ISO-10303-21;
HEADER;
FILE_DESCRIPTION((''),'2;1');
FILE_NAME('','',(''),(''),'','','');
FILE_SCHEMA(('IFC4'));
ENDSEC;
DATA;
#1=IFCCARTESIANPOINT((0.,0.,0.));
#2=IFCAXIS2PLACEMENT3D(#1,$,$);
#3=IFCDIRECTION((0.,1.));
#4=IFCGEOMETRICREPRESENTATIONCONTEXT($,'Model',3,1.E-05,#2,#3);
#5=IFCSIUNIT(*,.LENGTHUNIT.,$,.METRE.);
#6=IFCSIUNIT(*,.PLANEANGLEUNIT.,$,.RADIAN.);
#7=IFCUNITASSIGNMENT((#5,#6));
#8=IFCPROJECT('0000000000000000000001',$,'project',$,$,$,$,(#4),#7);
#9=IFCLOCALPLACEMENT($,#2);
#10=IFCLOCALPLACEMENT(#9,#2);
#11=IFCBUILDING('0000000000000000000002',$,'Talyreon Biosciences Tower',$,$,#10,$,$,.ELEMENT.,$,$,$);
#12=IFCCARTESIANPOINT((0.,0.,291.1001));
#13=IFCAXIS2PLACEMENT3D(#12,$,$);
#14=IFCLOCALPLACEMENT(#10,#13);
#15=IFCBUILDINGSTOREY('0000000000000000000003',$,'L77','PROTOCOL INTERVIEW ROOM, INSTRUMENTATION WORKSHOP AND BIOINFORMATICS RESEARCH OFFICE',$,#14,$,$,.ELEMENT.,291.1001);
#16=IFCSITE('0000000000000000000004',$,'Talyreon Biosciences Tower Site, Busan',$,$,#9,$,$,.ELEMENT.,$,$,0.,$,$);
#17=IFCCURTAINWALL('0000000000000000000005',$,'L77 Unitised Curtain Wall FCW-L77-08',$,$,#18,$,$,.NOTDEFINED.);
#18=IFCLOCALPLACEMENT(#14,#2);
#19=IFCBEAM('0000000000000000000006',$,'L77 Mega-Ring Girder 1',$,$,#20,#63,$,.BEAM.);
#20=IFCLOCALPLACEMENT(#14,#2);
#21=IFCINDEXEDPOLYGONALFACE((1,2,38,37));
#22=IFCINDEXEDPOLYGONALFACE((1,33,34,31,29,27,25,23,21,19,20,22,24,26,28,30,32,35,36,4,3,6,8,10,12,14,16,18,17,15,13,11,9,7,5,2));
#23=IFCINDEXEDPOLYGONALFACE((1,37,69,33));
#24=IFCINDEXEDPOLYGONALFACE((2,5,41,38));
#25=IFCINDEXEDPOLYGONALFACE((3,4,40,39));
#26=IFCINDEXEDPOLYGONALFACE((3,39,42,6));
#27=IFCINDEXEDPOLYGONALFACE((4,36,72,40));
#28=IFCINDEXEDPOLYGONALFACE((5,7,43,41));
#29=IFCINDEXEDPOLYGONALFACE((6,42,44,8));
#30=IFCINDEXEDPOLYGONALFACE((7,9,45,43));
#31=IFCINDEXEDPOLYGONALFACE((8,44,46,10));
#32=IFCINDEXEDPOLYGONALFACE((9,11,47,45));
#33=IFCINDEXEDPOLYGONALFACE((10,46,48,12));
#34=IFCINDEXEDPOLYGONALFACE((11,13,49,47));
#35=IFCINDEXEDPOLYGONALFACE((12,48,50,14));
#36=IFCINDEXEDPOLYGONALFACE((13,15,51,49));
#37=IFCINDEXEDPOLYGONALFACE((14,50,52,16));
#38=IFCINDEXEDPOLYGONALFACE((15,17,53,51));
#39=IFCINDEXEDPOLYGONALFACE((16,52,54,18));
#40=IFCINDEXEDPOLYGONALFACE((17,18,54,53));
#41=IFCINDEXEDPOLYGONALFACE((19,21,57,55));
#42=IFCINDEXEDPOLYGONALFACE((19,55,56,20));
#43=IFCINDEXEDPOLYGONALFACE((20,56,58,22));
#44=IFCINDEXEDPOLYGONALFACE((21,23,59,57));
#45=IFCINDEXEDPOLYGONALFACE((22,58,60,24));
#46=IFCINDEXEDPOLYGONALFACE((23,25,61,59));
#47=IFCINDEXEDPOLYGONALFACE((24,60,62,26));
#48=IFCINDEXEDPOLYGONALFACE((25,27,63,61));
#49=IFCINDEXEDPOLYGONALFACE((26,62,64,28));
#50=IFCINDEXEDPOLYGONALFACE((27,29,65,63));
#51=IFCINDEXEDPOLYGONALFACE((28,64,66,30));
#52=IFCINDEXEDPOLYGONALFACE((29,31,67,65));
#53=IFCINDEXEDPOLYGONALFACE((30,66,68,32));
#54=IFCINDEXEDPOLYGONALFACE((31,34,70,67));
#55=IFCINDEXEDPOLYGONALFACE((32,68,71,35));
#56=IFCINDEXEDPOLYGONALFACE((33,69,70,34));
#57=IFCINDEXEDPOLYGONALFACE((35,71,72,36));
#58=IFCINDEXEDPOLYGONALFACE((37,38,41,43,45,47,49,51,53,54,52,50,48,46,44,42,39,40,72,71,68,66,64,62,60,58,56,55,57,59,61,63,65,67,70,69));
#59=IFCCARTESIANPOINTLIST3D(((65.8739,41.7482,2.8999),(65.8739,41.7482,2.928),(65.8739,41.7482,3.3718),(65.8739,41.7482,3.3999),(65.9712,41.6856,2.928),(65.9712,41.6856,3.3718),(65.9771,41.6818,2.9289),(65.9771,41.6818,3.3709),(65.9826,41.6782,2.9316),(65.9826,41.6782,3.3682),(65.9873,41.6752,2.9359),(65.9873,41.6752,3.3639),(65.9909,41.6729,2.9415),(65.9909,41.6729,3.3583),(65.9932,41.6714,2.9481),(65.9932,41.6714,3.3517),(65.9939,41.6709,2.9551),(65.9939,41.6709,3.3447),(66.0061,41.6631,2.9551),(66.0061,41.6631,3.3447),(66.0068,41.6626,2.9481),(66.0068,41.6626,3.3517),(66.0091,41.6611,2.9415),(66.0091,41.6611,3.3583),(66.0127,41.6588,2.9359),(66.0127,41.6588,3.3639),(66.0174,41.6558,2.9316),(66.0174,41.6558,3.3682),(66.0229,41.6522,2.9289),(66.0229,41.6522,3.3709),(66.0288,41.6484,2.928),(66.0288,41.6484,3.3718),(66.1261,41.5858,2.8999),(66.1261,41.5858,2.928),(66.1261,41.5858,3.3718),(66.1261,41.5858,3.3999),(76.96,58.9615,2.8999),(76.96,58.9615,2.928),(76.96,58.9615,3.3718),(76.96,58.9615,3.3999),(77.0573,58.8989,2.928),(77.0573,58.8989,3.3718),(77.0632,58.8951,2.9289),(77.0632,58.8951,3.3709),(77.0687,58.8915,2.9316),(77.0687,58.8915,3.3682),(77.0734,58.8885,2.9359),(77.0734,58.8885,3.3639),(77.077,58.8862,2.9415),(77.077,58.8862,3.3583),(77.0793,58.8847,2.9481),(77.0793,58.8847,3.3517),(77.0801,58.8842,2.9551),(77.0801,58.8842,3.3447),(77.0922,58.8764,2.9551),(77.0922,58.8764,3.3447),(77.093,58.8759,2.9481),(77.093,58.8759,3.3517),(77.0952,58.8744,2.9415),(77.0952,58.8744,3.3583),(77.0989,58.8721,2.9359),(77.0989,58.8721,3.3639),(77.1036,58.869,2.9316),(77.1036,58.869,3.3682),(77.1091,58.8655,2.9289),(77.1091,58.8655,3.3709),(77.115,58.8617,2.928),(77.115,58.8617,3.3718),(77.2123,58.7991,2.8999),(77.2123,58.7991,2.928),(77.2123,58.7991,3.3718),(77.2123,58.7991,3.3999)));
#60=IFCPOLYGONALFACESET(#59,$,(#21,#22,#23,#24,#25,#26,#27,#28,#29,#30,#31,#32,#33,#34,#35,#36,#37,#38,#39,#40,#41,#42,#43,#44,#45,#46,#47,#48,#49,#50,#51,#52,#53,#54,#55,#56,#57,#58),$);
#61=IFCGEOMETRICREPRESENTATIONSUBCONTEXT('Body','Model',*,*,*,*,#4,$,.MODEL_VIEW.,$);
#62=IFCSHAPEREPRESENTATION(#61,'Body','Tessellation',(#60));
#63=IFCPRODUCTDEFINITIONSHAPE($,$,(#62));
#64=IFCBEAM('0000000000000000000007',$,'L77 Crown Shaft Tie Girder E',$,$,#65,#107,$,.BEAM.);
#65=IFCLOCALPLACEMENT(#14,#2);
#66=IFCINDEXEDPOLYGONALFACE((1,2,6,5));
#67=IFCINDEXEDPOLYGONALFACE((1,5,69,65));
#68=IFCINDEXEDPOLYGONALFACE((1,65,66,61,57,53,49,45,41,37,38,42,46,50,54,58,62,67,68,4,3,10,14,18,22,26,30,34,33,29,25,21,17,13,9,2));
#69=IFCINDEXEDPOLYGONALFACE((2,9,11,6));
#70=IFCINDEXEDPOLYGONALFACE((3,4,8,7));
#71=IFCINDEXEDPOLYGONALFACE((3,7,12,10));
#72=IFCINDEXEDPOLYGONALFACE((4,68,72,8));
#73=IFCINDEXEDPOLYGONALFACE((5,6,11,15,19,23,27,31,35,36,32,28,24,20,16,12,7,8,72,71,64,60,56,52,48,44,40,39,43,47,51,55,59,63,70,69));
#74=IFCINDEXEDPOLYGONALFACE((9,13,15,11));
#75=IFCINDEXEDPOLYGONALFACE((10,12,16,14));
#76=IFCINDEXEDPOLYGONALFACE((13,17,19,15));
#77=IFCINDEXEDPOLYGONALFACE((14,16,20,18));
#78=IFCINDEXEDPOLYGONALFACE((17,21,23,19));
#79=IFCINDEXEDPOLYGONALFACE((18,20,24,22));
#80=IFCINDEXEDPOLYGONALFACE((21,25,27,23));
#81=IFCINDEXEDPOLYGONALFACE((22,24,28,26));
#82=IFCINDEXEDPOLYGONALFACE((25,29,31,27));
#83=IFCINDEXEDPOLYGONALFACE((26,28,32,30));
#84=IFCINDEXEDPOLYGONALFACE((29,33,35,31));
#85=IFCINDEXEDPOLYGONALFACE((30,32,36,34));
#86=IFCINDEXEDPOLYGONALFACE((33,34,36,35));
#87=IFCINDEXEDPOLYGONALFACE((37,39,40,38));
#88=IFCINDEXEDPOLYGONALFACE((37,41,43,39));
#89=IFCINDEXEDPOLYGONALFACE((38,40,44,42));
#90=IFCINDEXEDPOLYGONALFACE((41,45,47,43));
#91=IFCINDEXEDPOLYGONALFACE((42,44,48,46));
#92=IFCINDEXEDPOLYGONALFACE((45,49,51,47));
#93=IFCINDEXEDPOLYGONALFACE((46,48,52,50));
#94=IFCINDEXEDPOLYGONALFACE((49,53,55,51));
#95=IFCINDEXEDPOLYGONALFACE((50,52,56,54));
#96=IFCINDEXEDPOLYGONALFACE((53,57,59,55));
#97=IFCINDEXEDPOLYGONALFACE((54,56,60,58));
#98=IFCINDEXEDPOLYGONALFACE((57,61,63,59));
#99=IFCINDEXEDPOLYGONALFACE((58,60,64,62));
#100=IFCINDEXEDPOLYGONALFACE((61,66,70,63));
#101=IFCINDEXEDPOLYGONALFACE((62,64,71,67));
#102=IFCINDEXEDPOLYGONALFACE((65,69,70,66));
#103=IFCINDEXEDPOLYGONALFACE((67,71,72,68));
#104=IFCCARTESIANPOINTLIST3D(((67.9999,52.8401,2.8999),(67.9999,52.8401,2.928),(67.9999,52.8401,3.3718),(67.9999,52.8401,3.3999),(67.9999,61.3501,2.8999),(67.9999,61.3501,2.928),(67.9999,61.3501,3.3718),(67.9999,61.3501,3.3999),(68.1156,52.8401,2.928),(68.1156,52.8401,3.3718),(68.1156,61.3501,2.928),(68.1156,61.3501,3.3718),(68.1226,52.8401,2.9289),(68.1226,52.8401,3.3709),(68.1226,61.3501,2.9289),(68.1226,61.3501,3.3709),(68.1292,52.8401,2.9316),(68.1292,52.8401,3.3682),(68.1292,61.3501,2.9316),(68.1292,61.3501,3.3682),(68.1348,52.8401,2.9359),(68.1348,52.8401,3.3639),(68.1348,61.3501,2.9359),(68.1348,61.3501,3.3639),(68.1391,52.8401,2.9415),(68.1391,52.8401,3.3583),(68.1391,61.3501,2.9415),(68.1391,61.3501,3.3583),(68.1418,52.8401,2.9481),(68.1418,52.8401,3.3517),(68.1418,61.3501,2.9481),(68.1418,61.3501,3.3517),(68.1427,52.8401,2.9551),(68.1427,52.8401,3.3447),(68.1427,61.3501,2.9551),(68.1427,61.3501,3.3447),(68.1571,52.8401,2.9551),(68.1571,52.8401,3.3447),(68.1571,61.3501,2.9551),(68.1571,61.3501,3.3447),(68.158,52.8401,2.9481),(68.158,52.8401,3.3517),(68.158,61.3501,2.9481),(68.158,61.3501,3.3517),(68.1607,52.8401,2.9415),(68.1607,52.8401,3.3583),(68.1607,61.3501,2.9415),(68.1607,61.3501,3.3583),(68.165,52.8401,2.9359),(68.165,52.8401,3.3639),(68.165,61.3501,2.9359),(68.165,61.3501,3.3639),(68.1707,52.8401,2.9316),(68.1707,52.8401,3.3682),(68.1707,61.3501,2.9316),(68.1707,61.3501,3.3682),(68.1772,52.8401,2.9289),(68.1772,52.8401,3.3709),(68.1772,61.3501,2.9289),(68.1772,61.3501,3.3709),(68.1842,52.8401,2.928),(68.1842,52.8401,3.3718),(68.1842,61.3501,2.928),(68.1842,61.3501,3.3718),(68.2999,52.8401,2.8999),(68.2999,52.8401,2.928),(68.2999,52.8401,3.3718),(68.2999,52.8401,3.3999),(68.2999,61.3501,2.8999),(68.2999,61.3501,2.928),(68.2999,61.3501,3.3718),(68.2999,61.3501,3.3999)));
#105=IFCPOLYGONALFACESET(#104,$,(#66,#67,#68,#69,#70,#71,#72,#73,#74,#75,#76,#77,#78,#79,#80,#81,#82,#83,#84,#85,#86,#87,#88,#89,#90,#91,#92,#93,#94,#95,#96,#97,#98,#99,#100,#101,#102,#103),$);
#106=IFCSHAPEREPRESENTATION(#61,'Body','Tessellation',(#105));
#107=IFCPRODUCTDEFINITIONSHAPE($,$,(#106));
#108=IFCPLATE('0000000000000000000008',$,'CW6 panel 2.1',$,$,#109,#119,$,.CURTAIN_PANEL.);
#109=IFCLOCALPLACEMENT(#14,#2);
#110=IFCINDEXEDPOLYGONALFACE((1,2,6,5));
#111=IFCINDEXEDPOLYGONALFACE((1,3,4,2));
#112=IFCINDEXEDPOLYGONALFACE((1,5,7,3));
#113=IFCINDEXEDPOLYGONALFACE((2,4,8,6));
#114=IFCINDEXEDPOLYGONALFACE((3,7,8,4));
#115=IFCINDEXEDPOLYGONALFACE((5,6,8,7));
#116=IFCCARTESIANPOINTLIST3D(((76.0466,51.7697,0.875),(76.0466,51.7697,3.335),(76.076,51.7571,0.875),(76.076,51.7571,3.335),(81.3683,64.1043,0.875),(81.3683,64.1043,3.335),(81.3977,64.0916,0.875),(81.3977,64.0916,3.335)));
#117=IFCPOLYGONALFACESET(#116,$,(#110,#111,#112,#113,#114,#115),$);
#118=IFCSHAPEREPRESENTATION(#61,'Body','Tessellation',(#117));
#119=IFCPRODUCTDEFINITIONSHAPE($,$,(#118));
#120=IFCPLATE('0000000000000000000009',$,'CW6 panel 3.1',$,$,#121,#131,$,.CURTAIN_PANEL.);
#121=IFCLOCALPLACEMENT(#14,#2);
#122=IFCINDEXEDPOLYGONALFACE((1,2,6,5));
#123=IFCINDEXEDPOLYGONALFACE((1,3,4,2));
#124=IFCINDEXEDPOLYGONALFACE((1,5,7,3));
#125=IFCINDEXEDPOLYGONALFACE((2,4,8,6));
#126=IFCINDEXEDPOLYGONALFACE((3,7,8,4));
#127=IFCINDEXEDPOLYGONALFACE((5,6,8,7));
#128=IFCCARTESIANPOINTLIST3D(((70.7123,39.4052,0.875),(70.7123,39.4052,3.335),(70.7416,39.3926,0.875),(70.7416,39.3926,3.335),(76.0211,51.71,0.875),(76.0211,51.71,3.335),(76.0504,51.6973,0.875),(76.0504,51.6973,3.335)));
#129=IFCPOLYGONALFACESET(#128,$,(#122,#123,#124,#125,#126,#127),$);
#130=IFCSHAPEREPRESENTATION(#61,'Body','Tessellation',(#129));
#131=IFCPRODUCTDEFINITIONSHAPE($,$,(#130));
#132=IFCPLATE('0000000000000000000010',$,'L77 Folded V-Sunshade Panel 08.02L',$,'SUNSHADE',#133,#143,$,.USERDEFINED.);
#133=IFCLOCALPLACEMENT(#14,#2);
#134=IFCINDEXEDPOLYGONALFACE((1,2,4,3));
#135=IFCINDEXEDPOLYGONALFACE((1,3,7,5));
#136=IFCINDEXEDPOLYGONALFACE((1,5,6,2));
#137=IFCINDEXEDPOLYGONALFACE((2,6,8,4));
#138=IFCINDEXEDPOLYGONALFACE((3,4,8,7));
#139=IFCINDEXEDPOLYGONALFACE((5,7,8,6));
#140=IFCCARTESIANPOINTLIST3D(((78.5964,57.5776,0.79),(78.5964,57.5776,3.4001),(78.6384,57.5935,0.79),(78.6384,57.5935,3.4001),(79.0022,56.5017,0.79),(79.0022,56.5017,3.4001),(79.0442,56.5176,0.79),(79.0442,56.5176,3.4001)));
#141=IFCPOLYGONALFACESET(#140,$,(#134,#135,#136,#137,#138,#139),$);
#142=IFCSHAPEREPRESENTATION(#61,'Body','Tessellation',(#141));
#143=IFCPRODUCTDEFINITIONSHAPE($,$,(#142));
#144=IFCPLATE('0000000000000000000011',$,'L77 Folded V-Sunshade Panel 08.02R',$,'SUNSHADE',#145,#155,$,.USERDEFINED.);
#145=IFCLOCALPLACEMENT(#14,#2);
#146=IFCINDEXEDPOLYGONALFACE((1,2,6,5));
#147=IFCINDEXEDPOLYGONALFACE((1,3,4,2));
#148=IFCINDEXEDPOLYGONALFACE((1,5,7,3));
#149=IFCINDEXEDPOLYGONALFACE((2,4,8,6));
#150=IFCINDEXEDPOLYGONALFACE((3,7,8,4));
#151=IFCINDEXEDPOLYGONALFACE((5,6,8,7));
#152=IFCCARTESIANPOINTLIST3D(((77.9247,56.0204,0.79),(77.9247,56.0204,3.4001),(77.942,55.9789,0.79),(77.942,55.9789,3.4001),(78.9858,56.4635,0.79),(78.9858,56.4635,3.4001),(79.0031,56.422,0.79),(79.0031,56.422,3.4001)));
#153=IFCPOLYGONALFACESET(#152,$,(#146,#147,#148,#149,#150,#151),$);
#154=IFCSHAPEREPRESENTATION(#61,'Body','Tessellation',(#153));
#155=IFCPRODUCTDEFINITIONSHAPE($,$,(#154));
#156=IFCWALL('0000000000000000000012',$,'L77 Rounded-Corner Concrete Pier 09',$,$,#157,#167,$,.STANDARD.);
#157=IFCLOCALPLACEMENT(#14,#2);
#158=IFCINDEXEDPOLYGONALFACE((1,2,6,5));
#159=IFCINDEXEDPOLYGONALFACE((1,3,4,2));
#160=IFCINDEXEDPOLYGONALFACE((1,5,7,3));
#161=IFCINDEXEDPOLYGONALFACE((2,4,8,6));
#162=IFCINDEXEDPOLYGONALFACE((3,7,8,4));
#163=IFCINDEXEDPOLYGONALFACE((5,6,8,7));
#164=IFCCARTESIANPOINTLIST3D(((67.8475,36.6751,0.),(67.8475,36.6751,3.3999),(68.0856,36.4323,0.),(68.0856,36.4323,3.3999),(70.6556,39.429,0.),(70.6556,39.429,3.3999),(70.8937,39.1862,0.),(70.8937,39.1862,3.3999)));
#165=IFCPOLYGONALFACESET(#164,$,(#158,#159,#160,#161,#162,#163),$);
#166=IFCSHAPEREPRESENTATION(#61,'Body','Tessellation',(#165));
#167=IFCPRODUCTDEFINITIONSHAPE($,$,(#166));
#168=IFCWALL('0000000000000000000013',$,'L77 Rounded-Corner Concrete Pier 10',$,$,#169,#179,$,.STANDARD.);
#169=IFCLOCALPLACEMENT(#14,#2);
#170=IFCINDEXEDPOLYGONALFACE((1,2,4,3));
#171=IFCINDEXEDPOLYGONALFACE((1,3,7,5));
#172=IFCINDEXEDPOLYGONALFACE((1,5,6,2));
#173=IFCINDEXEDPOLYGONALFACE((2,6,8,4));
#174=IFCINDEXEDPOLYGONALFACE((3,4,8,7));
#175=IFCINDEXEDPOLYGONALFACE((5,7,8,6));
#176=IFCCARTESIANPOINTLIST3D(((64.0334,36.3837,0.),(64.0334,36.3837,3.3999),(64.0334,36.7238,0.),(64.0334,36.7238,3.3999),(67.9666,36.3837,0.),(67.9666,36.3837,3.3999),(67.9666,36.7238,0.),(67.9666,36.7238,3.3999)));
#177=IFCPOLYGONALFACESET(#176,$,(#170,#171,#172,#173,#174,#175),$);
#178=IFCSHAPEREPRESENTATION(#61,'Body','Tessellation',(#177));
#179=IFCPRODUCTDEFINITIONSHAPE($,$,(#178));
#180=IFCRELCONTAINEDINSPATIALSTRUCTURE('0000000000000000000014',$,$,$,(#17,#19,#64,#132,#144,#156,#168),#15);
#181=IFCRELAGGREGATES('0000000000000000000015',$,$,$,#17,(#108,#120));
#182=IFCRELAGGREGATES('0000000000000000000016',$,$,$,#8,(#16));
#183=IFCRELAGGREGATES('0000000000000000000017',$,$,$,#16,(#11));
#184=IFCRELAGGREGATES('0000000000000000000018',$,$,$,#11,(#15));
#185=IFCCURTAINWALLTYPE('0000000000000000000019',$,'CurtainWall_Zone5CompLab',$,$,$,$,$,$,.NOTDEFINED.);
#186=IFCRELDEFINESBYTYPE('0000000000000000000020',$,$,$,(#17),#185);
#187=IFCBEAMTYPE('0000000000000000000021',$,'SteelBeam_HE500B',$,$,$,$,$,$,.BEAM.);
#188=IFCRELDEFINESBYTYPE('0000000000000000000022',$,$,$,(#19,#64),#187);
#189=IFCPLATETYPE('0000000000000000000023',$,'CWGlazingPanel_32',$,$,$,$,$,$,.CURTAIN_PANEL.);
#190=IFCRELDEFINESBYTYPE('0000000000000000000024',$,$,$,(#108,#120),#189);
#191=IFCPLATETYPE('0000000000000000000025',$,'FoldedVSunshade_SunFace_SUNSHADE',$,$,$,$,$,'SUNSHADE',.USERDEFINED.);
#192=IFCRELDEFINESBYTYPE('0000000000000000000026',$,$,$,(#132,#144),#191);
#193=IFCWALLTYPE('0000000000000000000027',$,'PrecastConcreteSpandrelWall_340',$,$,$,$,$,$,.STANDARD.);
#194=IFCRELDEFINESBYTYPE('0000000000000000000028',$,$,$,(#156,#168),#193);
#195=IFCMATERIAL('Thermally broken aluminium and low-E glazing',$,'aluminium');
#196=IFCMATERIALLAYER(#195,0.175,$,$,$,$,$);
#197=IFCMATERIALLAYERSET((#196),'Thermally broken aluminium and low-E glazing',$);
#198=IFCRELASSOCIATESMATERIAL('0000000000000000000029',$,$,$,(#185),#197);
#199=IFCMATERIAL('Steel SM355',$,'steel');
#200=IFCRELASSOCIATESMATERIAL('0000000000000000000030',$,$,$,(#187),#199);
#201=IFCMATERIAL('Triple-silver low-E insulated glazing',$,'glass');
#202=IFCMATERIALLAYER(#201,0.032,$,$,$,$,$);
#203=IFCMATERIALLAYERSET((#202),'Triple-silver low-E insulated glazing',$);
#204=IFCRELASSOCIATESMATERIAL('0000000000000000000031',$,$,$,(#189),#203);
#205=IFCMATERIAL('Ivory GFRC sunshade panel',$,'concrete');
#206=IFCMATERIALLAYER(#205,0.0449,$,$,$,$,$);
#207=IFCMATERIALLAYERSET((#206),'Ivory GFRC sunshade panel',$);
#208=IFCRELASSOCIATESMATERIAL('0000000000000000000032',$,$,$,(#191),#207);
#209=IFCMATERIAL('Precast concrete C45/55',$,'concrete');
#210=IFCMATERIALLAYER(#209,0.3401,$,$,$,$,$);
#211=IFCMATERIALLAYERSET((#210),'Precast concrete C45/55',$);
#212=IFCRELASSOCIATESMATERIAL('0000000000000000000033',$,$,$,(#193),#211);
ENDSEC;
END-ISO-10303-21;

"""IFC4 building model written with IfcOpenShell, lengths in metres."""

from ifc_helpers import new_model, si_unit, direction, frame, frame_2d, origin, origin_2d, place, context, subcontext, project, spatial, rectangle, i_section, extrude, material, layer, layer_set, material_profile, profile_set, type_object, element, aggregate, save


model = new_model("IFC4")

# Units and contexts
model_context = context("Model", 3, precision=1e-05, world=origin(), true_north=direction((0.0, 1.0)))
body_context = subcontext(model_context, "Body", "Model", "MODEL_VIEW")
ifc_project = project(units=[si_unit("LENGTHUNIT", "METRE"), si_unit("PLANEANGLEUNIT", "RADIAN")], contexts=[model_context])

# Site, building, storey
site_placement = place(None, origin())
site = spatial("IfcSite", under=ifc_project, at=site_placement, Name="Talyreon Biosciences Tower Site, Busan", CompositionType="ELEMENT", RefElevation=0.0)
building_placement = place(site_placement, origin())
building = spatial("IfcBuilding", under=site, at=building_placement, Name="Talyreon Biosciences Tower", CompositionType="ELEMENT")
storey_placement = place(building_placement, frame((0.0, 0.0, 291.1001)))
storey = spatial("IfcBuildingStorey", under=building, at=storey_placement, Name="L77", Description="PROTOCOL INTERVIEW ROOM, INSTRUMENTATION WORKSHOP AND BIOINFORMATICS RESEARCH OFFICE", CompositionType="ELEMENT", Elevation=291.1001)

# Shared definitions
ifc_material_1 = material(Name="Precast concrete C45/55", Category="concrete")

# Curtain wall
ifc_material_2 = material(Name="Thermally broken aluminium and low-E glazing", Category="aluminium")
ifc_layer_1 = layer(ifc_material_2, 0.175)
ifc_layer_set_1 = layer_set([ifc_layer_1], Name="Thermally broken aluminium and low-E glazing")
curtain_wall_type = type_object("IfcCurtainWallType", Name="CurtainWall_Zone5CompLab", PredefinedType="NOTDEFINED", material=ifc_layer_set_1)
curtain_wall_placement = place(storey_placement, origin())
curtain_wall = element("IfcCurtainWall", 1, at=curtain_wall_placement, inside=storey, type_object=curtain_wall_type, Name="L77 Unitised Curtain Wall FCW-L77-08", PredefinedType="NOTDEFINED")

# Beams
ifc_material_3 = material(Name="Steel SM355", Category="steel")
ifc_material_profile_1 = material_profile(ifc_material_3, i_section(OverallWidth=0.3, OverallDepth=0.5, WebThickness=0.0144, FlangeThickness=0.0281, FilletRadius=0.0271, at=origin_2d()), Name="HE500B")
ifc_profile_set_1 = profile_set([ifc_material_profile_1], Name="Steel SM355")
beam_type_1 = type_object("IfcBeamType", Name="SteelBeam_HE500B", PredefinedType="BEAM", material=ifc_profile_set_1)
beam_1_placement = place(storey_placement, frame((66.0, 41.667, 3.1499), z_axis=(0.541464, 0.840724, 0.0), x_axis=(-0.840724, 0.541464, 0.0)))
element("IfcBeam", 2, at=beam_1_placement, inside=storey, type_object=beam_type_1, Name="L77 Mega-Ring Girder 1", PredefinedType="BEAM", context=body_context, shape_type="SweptSolid", body=[
    extrude(i_section(OverallWidth=0.3, OverallDepth=0.5, WebThickness=0.0144, FlangeThickness=0.0281, FilletRadius=0.0271, at=origin_2d()), origin(), (0.0, 0.0, 1.0), 20.4744),
])
beam_2_placement = place(storey_placement, frame((68.1499, 52.8401, 3.1499), z_axis=(0.0, 1.0, 0.0), x_axis=(-1.0, 0.0, 0.0)))
element("IfcBeam", 3, at=beam_2_placement, inside=storey, type_object=beam_type_1, Name="L77 Crown Shaft Tie Girder E", PredefinedType="BEAM", context=body_context, shape_type="SweptSolid", body=[
    extrude(i_section(OverallWidth=0.3, OverallDepth=0.5, WebThickness=0.0144, FlangeThickness=0.0281, FilletRadius=0.0271, at=origin_2d()), origin(), (0.0, 0.0, 1.0), 8.51),
])

# Plates
ifc_material_4 = material(Name="Triple-silver low-E insulated glazing", Category="glass")
ifc_layer_2 = layer(ifc_material_4, 0.032)
ifc_layer_set_2 = layer_set([ifc_layer_2], Name="Triple-silver low-E insulated glazing")
plate_type_1 = type_object("IfcPlateType", Name="CWGlazingPanel_32", PredefinedType="CURTAIN_PANEL", material=ifc_layer_set_2)
plate_1_placement = place(storey_placement, frame((78.7222, 57.9307, 0.875), z_axis=(0.0, 0.0, 1.0), x_axis=(-0.396147, -0.918187, 0.0)))
plate_1 = element("IfcPlate", 4, at=plate_1_placement, type_object=plate_type_1, Name="CW6 panel 2.1", PredefinedType="CURTAIN_PANEL", context=body_context, shape_type="SweptSolid", body=[
    extrude(rectangle(XDim=13.4336, YDim=0.032, at=origin_2d()), origin(), (0.0, 0.0, 1.0), 2.46),
])
plate_2_placement = place(storey_placement, frame((73.3813, 45.5513, 0.875), z_axis=(0.0, 0.0, 1.0), x_axis=(-0.396147, -0.918187, 0.0)))
plate_2 = element("IfcPlate", 5, at=plate_2_placement, type_object=plate_type_1, Name="CW6 panel 3.1", PredefinedType="CURTAIN_PANEL", context=body_context, shape_type="SweptSolid", body=[
    extrude(rectangle(XDim=13.4011, YDim=0.032, at=origin_2d()), origin(), (0.0, 0.0, 1.0), 2.46),
])
aggregate(curtain_wall, [plate_1, plate_2])

# Plates
ifc_material_5 = material(Name="Ivory GFRC sunshade panel", Category="concrete")
ifc_layer_3 = layer(ifc_material_5, 0.0449)
ifc_layer_set_3 = layer_set([ifc_layer_3], Name="Ivory GFRC sunshade panel")
plate_type_2 = type_object("IfcPlateType", Name="FoldedVSunshade_SunFace_SUNSHADE", ElementType="SUNSHADE", PredefinedType="USERDEFINED", material=ifc_layer_set_3)
for number, where, z_axis, x_axis, name in (
    (6, (78.8203, 57.0476, 0.79), (0.0, 0.0, 1.0), (0.352871, -0.935672, 0.0), "L77 Folded V-Sunshade Panel 08.02L"),
    (7, (78.4639, 56.2212, 0.79), (0.0, 0.0, 1.0), (-0.922787, -0.38531, 0.0), "L77 Folded V-Sunshade Panel 08.02R"),
):
    element("IfcPlate", number, at=place(storey_placement, frame(where, z_axis=z_axis, x_axis=x_axis)), inside=storey, type_object=plate_type_2, Name=name, ObjectType="SUNSHADE", PredefinedType="USERDEFINED", context=body_context, shape_type="SweptSolid", body=[
        extrude(rectangle(XDim=1.1499, YDim=0.0449, at=origin_2d()), origin(), (0.0, 0.0, 1.0), 2.6101),
    ])

# Walls
ifc_layer_4 = layer(ifc_material_1, 0.3401)
ifc_layer_set_4 = layer_set([ifc_layer_4], Name="Precast concrete C45/55")
wall_type_1 = type_object("IfcWallType", Name="PrecastConcreteSpandrelWall_340", PredefinedType="STANDARD", material=ifc_layer_set_4)
for number, where, z_axis, x_axis, name in (
    (8, (70.7747, 39.3076, 0.0), (0.0, 0.0, 1.0), (-0.713963, -0.700183, 0.0), "L77 Rounded-Corner Concrete Pier 09"),
    (9, (67.9666, 36.5537, 0.0), (0.0, 0.0, 1.0), (-1.0, 0.0, 0.0), "L77 Rounded-Corner Concrete Pier 10"),
):
    element("IfcWall", number, at=place(storey_placement, frame(where, z_axis=z_axis, x_axis=x_axis)), inside=storey, type_object=wall_type_1, Name=name, PredefinedType="STANDARD", context=body_context, shape_type="SweptSolid", body=[
        extrude(rectangle(XDim=3.9331, YDim=0.3401, at=frame_2d((1.9666, 0.0))), origin(), (0.0, 0.0, 1.0), 3.3999),
    ])

save(model, "model.ifc")
